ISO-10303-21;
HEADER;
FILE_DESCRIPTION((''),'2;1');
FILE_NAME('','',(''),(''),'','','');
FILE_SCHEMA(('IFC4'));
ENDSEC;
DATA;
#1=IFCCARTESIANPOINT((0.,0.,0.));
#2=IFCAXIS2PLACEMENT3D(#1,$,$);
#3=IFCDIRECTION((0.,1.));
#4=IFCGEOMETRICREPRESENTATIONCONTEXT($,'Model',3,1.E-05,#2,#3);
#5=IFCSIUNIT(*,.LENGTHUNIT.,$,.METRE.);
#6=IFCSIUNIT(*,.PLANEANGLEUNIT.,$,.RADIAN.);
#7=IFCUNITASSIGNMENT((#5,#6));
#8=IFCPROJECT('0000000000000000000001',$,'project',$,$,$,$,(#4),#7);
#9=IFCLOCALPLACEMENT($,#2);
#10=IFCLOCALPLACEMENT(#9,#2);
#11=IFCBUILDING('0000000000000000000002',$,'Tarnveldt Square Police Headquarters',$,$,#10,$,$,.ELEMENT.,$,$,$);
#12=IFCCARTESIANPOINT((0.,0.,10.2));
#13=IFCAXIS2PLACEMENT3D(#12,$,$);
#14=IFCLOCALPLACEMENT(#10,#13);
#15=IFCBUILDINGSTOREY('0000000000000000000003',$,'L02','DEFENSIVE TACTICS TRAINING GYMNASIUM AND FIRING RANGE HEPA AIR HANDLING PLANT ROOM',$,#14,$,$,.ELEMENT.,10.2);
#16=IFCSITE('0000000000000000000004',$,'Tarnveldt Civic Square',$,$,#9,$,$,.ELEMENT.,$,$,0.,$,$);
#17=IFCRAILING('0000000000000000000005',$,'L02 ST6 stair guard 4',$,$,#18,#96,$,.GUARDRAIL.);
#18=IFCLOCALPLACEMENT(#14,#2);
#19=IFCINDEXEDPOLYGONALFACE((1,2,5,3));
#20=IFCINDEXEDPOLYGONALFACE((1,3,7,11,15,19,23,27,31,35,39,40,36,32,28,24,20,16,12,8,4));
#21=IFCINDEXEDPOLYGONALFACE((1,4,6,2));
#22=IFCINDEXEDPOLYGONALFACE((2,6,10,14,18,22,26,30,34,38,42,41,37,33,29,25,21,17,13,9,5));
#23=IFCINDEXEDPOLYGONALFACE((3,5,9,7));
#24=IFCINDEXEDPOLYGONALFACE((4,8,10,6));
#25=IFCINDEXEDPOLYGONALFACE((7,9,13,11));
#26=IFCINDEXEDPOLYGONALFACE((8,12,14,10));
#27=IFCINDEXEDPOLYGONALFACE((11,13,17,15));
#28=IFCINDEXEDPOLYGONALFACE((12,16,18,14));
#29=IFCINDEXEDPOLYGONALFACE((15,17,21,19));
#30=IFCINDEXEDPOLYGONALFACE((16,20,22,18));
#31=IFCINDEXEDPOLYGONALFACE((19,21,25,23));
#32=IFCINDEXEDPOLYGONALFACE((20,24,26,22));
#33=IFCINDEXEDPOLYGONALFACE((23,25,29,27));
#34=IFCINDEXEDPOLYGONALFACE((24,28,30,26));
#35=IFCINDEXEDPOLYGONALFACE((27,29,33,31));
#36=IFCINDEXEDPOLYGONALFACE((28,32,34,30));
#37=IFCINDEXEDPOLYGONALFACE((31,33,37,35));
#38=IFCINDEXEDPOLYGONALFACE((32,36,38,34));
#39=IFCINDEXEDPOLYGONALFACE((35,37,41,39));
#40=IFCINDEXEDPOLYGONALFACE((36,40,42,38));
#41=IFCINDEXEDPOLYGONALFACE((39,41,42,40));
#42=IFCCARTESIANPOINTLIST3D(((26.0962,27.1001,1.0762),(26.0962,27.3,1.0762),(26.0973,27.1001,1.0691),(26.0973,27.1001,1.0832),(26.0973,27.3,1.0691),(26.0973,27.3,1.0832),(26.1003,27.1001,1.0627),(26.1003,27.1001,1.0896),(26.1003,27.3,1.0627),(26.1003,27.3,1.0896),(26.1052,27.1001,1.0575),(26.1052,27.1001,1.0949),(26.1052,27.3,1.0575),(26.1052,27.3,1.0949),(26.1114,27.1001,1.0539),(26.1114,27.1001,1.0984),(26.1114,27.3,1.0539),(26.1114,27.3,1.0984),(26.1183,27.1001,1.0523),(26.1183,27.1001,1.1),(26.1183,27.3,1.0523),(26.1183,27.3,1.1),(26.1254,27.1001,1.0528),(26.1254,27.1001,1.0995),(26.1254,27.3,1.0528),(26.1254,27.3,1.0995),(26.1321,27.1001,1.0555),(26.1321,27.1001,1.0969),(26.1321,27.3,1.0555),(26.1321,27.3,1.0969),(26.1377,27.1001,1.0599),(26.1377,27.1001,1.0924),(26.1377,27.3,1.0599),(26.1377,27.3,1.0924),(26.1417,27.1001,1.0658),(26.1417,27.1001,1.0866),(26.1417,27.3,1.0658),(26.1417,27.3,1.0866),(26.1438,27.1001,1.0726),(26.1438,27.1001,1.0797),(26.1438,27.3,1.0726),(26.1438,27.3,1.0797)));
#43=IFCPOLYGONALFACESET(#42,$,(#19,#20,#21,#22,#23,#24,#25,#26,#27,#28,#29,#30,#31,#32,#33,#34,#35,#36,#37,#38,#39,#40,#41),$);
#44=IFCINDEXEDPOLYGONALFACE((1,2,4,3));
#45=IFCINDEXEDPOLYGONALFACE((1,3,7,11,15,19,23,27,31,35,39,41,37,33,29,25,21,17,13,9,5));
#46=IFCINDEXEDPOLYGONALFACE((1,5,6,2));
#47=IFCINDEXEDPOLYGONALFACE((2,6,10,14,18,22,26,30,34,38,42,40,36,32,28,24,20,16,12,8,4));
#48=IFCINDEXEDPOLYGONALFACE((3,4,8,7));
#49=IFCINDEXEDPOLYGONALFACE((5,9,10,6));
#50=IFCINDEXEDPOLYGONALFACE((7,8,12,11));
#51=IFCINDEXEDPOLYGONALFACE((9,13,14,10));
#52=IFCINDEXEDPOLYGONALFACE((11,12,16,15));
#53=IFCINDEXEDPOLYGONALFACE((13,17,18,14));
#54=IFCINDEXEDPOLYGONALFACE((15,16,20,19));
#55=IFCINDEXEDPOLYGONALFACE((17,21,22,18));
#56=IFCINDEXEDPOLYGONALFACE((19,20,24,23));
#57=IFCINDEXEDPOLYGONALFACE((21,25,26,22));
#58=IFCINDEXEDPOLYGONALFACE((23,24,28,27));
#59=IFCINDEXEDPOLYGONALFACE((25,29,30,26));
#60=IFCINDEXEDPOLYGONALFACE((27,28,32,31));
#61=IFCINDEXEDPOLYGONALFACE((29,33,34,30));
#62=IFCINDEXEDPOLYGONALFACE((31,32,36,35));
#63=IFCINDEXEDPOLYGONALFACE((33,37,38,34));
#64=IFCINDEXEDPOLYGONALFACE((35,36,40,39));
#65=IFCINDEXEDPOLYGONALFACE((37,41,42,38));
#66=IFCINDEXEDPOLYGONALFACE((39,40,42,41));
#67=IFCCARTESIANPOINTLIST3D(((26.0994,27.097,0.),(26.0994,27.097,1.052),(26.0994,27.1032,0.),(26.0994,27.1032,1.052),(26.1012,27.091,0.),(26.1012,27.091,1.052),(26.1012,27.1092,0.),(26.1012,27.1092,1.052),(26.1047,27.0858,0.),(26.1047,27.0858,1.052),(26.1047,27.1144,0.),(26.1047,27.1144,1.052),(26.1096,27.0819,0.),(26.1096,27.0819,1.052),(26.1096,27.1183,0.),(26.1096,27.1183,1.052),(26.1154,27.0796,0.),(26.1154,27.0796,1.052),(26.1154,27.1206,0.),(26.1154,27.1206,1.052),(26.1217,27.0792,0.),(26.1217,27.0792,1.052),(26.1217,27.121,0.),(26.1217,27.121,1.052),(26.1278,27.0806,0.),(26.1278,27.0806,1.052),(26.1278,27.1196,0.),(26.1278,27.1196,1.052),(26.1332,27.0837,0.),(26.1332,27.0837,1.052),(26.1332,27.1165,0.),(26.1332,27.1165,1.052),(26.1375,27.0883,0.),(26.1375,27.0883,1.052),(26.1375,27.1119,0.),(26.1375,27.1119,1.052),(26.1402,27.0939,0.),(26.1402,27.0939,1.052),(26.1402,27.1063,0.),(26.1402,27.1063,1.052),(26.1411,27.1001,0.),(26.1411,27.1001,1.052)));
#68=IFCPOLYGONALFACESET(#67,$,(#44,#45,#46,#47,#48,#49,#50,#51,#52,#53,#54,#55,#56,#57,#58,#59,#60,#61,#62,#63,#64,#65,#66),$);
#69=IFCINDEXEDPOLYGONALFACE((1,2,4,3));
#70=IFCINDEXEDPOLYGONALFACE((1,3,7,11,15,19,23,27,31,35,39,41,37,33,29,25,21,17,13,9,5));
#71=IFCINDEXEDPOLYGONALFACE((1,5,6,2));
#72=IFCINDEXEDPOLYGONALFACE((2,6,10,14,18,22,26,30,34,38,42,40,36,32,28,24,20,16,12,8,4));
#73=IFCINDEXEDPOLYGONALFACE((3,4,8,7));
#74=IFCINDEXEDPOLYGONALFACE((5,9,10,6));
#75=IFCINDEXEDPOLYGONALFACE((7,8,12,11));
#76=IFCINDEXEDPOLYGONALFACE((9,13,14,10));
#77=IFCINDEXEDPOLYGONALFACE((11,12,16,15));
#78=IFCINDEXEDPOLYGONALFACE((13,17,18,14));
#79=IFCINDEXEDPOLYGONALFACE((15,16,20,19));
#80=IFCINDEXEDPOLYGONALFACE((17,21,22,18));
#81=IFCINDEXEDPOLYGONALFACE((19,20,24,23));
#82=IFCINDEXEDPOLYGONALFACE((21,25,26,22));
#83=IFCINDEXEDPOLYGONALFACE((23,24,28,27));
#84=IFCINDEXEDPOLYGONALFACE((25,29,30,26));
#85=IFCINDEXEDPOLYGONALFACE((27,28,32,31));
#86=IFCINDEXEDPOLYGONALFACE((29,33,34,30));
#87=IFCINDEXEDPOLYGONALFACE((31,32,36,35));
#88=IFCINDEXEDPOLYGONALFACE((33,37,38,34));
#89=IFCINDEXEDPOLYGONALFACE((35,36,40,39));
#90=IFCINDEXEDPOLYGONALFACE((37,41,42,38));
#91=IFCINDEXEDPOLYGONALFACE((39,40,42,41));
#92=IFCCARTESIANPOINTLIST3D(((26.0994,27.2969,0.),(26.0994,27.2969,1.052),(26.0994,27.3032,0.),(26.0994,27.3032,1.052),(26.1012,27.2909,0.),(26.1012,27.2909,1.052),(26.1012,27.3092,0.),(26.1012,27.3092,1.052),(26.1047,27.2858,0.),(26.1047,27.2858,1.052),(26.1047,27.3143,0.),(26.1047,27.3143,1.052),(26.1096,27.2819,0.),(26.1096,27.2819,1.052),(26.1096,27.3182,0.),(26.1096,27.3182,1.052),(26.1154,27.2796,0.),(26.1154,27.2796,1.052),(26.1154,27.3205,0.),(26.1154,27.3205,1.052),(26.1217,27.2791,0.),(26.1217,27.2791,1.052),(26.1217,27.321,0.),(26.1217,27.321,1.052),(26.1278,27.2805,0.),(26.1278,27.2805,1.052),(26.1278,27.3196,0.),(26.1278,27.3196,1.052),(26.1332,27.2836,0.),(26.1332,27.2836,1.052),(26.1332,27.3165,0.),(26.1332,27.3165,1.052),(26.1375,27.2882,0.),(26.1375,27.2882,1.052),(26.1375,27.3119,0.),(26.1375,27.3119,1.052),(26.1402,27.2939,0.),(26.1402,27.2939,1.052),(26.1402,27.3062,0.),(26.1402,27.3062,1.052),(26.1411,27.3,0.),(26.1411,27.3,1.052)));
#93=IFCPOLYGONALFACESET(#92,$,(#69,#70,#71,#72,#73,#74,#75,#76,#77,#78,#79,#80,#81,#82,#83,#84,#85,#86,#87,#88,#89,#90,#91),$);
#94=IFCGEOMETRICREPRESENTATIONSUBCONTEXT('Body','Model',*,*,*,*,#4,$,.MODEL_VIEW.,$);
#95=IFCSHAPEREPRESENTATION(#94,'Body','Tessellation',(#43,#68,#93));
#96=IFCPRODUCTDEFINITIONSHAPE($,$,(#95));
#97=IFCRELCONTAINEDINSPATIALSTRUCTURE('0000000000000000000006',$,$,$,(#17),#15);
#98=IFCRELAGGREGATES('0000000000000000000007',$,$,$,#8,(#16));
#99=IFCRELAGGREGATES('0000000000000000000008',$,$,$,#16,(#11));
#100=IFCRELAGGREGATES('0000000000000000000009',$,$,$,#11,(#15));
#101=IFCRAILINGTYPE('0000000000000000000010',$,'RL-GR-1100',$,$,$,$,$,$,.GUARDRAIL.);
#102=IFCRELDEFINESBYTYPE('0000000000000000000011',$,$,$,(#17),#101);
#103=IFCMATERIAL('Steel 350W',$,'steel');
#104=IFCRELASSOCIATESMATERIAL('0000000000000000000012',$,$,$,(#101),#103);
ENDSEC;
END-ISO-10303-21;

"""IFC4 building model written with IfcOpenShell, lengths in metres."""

from ifc_helpers import new_model, si_unit, direction, frame, origin, origin_2d, place, context, subcontext, project, spatial, circle, extrude, material, type_object, element, save


model = new_model("IFC4")

# Units and contexts
model_context = context("Model", 3, precision=1e-05, world=origin(), true_north=direction((0.0, 1.0)))
body_context = subcontext(model_context, "Body", "Model", "MODEL_VIEW")
ifc_project = project(units=[si_unit("LENGTHUNIT", "METRE"), si_unit("PLANEANGLEUNIT", "RADIAN")], contexts=[model_context])

# Site, building, storey
site_placement = place(None, origin())
site = spatial("IfcSite", under=ifc_project, at=site_placement, Name="Tarnveldt Civic Square", CompositionType="ELEMENT", RefElevation=0.0)
building_placement = place(site_placement, origin())
building = spatial("IfcBuilding", under=site, at=building_placement, Name="Tarnveldt Square Police Headquarters", CompositionType="ELEMENT")
storey_placement = place(building_placement, frame((0.0, 0.0, 10.2)))
storey = spatial("IfcBuildingStorey", under=building, at=storey_placement, Name="L02", Description="DEFENSIVE TACTICS TRAINING GYMNASIUM AND FIRING RANGE HEPA AIR HANDLING PLANT ROOM", CompositionType="ELEMENT", Elevation=10.2)

# Shared definitions
ifc_material_1 = material(Name="Steel 350W", Category="steel")

# Railing
railing_type_1 = type_object("IfcRailingType", Name="RL-GR-1100", PredefinedType="GUARDRAIL", material=ifc_material_1)
railing_1_placement = place(storey_placement, frame((26.1201, 27.1001, 0.0)))
element("IfcRailing", 1, at=railing_1_placement, inside=storey, type_object=railing_type_1, Name="L02 ST6 stair guard 4", PredefinedType="GUARDRAIL", context=body_context, shape_type="SweptSolid", body=[
    extrude(circle(Radius=0.0239, at=origin_2d()), frame((0.0, 0.0, 1.0762), z_axis=(0.0, 1.0, 0.0), x_axis=(-1.0, 0.0, 0.0)), (0.0, 0.0, 1.0), 0.2),
    extrude(circle(Radius=0.021, at=origin_2d()), origin(), (0.0, 0.0, 1.0), 1.052),
    extrude(circle(Radius=0.021, at=origin_2d()), frame((0.0, 0.2, 0.0)), (0.0, 0.0, 1.0), 1.052),
])

save(model, "model.ifc")
